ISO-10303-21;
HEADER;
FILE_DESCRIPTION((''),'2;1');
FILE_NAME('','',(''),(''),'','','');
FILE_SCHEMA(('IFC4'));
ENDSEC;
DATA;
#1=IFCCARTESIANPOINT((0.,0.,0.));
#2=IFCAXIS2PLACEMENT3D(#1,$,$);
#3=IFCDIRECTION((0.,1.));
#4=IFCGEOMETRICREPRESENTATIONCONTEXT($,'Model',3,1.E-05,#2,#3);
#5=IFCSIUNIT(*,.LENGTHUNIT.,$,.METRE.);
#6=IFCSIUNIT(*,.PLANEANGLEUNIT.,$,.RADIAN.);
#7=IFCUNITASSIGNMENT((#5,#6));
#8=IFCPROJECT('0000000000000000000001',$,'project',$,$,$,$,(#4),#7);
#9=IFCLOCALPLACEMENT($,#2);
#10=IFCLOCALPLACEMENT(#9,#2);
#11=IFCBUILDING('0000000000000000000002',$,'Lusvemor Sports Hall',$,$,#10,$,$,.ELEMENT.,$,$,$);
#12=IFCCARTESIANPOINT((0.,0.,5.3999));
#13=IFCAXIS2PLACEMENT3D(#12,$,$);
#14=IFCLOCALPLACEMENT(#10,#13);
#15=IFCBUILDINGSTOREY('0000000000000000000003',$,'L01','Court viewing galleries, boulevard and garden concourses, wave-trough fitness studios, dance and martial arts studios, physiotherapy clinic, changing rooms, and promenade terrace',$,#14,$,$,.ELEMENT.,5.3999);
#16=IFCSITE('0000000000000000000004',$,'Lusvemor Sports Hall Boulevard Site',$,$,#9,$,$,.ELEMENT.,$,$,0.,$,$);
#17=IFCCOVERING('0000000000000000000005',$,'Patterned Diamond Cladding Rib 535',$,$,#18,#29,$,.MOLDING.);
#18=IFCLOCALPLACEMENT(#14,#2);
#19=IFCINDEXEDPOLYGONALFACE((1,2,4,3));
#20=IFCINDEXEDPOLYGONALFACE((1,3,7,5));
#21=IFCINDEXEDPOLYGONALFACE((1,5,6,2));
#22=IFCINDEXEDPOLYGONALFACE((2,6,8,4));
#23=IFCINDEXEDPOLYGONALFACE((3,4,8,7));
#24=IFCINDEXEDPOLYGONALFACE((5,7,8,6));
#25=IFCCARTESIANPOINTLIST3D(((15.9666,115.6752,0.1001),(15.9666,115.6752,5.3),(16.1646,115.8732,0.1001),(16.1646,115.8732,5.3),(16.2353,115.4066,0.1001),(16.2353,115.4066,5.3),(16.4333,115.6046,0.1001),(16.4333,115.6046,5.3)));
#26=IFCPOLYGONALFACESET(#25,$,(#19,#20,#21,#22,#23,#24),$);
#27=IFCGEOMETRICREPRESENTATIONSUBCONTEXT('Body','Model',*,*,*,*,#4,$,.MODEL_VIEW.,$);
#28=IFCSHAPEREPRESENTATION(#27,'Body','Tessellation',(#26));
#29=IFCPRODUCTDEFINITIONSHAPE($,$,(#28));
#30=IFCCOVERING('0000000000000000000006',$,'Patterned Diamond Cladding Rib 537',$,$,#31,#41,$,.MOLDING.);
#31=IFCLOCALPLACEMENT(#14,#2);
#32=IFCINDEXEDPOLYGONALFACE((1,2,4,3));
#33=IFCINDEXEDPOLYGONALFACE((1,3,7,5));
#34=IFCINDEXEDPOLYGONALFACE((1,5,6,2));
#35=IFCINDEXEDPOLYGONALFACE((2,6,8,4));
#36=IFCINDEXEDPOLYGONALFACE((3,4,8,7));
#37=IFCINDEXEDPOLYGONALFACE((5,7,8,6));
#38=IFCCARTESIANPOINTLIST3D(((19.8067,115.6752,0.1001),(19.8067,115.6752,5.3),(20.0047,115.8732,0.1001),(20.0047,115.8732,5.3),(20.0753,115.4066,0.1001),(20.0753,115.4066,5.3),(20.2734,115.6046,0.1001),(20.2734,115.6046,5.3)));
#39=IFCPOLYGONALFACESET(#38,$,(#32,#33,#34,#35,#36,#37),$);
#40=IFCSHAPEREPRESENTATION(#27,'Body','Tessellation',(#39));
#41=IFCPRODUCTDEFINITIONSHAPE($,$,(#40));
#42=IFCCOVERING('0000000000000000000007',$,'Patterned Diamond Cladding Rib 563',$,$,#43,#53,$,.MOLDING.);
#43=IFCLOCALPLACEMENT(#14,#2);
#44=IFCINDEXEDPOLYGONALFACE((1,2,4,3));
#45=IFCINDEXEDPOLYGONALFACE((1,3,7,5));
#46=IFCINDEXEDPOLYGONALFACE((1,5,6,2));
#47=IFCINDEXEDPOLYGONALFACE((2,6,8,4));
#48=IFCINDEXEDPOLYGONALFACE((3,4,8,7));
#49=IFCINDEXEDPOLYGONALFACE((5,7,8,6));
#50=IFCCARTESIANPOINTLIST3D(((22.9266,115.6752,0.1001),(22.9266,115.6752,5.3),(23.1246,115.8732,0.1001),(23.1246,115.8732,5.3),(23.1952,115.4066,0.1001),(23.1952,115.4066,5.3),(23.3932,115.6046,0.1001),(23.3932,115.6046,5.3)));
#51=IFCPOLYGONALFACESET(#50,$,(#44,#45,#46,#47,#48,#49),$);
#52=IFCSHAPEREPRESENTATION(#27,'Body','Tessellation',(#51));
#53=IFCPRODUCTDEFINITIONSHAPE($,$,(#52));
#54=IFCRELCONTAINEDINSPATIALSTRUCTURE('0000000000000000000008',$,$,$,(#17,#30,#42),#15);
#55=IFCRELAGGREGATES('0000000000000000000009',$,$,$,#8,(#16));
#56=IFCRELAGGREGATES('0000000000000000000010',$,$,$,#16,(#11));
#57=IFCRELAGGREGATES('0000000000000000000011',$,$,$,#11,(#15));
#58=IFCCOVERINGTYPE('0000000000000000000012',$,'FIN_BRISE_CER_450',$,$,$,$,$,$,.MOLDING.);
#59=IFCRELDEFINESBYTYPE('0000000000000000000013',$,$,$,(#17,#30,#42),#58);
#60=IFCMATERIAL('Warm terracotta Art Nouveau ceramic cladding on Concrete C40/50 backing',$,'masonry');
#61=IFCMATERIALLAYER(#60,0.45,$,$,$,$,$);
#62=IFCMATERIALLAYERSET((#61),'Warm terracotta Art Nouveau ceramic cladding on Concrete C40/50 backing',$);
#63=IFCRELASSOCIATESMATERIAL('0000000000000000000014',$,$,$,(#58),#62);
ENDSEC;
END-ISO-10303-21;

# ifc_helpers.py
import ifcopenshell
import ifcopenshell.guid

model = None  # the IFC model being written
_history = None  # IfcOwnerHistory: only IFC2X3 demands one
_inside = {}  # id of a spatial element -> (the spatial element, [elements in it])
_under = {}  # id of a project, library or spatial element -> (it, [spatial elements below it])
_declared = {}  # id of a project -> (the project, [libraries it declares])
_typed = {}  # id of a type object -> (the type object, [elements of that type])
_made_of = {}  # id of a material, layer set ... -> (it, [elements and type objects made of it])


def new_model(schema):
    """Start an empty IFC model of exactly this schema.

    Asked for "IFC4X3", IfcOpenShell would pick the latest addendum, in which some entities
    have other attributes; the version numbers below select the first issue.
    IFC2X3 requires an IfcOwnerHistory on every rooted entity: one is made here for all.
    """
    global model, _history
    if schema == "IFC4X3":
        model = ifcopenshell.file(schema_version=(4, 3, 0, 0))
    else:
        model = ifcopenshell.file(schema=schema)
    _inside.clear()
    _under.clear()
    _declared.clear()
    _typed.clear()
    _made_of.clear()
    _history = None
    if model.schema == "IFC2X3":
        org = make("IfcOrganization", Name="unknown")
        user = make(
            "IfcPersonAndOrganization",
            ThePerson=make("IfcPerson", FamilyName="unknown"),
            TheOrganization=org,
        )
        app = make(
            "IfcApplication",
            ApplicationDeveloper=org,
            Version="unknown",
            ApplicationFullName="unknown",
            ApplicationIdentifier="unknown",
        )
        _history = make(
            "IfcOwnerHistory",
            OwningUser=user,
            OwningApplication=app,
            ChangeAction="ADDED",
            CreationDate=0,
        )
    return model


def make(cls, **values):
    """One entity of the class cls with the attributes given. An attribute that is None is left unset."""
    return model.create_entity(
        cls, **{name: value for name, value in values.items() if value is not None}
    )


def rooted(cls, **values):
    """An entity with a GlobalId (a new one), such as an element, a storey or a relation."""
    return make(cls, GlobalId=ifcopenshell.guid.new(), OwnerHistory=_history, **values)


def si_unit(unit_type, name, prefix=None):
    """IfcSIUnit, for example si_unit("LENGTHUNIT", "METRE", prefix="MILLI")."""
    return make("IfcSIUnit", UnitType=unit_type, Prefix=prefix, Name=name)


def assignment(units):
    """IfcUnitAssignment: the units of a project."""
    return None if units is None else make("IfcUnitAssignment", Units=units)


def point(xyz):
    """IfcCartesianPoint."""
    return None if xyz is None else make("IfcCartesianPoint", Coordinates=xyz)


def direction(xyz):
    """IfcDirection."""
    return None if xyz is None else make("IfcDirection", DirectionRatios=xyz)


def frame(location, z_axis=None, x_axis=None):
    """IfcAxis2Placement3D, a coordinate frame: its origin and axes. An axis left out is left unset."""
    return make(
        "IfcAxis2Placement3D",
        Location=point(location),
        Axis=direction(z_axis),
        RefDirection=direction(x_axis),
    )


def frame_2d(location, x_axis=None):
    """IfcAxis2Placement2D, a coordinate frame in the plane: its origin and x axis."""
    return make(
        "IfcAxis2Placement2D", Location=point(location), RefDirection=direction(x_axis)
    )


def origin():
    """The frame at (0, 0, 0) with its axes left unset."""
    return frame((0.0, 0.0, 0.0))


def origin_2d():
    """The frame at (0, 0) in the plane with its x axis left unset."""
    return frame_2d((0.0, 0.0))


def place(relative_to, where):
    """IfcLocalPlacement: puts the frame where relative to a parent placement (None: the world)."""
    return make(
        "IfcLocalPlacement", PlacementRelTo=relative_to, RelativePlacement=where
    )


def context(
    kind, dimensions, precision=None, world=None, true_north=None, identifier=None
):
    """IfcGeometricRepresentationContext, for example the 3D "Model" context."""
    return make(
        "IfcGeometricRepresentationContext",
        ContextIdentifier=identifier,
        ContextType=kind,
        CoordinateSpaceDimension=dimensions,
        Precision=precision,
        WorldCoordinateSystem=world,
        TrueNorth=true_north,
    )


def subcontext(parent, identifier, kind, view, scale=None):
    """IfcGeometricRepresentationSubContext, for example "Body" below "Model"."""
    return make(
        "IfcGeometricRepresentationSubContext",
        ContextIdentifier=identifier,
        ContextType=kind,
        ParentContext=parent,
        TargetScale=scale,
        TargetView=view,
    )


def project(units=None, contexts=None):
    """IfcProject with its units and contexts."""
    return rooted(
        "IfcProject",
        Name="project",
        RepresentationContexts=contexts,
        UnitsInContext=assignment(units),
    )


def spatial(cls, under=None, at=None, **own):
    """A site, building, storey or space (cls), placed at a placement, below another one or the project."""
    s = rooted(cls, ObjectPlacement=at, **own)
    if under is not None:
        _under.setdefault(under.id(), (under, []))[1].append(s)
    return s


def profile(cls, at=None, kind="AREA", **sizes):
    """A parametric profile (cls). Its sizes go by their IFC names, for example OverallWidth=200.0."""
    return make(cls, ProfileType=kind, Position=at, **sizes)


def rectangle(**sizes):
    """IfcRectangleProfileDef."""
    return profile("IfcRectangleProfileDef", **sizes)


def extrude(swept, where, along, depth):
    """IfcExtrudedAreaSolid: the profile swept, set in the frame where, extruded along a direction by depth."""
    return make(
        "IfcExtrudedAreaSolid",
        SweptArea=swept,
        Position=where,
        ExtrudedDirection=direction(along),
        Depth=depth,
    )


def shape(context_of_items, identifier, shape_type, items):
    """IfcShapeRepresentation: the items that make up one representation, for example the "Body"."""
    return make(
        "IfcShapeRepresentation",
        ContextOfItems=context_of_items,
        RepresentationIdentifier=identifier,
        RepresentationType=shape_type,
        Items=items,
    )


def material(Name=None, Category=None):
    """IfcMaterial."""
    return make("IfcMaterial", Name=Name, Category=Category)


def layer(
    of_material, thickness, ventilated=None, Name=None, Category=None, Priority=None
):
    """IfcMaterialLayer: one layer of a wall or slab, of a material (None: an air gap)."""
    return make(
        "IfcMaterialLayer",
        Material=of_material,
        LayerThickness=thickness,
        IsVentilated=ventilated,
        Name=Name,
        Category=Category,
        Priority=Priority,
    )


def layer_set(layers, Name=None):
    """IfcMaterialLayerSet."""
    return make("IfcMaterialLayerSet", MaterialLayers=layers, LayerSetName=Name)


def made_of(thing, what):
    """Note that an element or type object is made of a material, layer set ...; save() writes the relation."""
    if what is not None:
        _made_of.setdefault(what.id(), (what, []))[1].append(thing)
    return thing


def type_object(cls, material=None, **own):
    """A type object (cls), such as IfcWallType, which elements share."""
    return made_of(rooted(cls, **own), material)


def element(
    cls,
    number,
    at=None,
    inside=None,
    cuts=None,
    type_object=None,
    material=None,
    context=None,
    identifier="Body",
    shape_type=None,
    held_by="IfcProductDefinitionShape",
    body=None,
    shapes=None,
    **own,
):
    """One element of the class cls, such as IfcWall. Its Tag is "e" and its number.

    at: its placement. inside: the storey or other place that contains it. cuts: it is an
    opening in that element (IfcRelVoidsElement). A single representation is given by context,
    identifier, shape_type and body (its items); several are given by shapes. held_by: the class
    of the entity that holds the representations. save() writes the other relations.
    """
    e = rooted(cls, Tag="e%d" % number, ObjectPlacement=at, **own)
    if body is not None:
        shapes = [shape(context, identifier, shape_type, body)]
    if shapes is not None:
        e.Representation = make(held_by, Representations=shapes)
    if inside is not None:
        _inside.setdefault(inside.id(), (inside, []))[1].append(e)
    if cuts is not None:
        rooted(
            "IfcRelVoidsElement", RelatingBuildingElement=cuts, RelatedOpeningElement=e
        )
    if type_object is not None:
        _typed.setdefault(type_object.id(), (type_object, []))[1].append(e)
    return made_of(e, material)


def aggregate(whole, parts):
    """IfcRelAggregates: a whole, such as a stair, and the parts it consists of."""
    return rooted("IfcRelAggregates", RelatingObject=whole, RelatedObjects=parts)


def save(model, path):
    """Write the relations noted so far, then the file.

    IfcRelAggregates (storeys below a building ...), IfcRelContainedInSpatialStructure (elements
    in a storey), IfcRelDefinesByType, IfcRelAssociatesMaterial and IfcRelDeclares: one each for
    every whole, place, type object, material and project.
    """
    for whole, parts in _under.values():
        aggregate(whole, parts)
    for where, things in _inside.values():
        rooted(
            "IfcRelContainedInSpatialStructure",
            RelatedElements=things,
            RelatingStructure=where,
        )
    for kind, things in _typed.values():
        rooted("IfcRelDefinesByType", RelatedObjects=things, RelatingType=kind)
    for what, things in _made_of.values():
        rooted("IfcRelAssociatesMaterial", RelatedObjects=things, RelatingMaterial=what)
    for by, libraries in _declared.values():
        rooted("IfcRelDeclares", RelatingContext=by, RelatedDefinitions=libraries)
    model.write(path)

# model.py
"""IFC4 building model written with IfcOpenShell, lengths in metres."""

from ifc_helpers import new_model, si_unit, direction, frame, origin, origin_2d, place, context, subcontext, project, spatial, rectangle, extrude, material, layer, layer_set, type_object, element, save


model = new_model("IFC4")

# Units and contexts
model_context = context("Model", 3, precision=1e-05, world=origin(), true_north=direction((0.0, 1.0)))
body_context = subcontext(model_context, "Body", "Model", "MODEL_VIEW")
ifc_project = project(units=[si_unit("LENGTHUNIT", "METRE"), si_unit("PLANEANGLEUNIT", "RADIAN")], contexts=[model_context])

# Site, building, storey
site_placement = place(None, origin())
site = spatial("IfcSite", under=ifc_project, at=site_placement, Name="Lusvemor Sports Hall Boulevard Site", CompositionType="ELEMENT", RefElevation=0.0)
building_placement = place(site_placement, origin())
building = spatial("IfcBuilding", under=site, at=building_placement, Name="Lusvemor Sports Hall", CompositionType="ELEMENT")
storey_placement = place(building_placement, frame((0.0, 0.0, 5.3999)))
storey = spatial("IfcBuildingStorey", under=building, at=storey_placement, Name="L01", Description="Court viewing galleries, boulevard and garden concourses, wave-trough fitness studios, dance and martial arts studios, physiotherapy clinic, changing rooms, and promenade terrace", CompositionType="ELEMENT", Elevation=5.3999)

# Coverings
ifc_material_1 = material(Name="Warm terracotta Art Nouveau ceramic cladding on Concrete C40/50 backing", Category="masonry")
ifc_layer_1 = layer(ifc_material_1, 0.45)
ifc_layer_set_1 = layer_set([ifc_layer_1], Name="Warm terracotta Art Nouveau ceramic cladding on Concrete C40/50 backing")
covering_type_1 = type_object("IfcCoveringType", Name="FIN_BRISE_CER_450", PredefinedType="MOLDING", material=ifc_layer_set_1)
for number, where, z_axis, x_axis, name in (
    (1, (16.2, 115.6399, 0.1001), (0.0, 0.0, 1.0), (0.707107, 0.707107, 0.0), "Patterned Diamond Cladding Rib 535"),
    (2, (20.04, 115.6399, 0.1001), (0.0, 0.0, 1.0), (0.707107, 0.707107, 0.0), "Patterned Diamond Cladding Rib 537"),
    (3, (23.1599, 115.6399, 0.1001), (0.0, 0.0, 1.0), (0.707107, 0.707107, 0.0), "Patterned Diamond Cladding Rib 563"),
):
    element("IfcCovering", number, at=place(storey_placement, frame(where, z_axis=z_axis, x_axis=x_axis)), inside=storey, type_object=covering_type_1, Name=name, PredefinedType="MOLDING", context=body_context, shape_type="SweptSolid", body=[
        extrude(rectangle(XDim=0.28, YDim=0.3799, at=origin_2d()), origin(), (0.0, 0.0, 1.0), 5.2),
    ])

save(model, "model.ifc")
